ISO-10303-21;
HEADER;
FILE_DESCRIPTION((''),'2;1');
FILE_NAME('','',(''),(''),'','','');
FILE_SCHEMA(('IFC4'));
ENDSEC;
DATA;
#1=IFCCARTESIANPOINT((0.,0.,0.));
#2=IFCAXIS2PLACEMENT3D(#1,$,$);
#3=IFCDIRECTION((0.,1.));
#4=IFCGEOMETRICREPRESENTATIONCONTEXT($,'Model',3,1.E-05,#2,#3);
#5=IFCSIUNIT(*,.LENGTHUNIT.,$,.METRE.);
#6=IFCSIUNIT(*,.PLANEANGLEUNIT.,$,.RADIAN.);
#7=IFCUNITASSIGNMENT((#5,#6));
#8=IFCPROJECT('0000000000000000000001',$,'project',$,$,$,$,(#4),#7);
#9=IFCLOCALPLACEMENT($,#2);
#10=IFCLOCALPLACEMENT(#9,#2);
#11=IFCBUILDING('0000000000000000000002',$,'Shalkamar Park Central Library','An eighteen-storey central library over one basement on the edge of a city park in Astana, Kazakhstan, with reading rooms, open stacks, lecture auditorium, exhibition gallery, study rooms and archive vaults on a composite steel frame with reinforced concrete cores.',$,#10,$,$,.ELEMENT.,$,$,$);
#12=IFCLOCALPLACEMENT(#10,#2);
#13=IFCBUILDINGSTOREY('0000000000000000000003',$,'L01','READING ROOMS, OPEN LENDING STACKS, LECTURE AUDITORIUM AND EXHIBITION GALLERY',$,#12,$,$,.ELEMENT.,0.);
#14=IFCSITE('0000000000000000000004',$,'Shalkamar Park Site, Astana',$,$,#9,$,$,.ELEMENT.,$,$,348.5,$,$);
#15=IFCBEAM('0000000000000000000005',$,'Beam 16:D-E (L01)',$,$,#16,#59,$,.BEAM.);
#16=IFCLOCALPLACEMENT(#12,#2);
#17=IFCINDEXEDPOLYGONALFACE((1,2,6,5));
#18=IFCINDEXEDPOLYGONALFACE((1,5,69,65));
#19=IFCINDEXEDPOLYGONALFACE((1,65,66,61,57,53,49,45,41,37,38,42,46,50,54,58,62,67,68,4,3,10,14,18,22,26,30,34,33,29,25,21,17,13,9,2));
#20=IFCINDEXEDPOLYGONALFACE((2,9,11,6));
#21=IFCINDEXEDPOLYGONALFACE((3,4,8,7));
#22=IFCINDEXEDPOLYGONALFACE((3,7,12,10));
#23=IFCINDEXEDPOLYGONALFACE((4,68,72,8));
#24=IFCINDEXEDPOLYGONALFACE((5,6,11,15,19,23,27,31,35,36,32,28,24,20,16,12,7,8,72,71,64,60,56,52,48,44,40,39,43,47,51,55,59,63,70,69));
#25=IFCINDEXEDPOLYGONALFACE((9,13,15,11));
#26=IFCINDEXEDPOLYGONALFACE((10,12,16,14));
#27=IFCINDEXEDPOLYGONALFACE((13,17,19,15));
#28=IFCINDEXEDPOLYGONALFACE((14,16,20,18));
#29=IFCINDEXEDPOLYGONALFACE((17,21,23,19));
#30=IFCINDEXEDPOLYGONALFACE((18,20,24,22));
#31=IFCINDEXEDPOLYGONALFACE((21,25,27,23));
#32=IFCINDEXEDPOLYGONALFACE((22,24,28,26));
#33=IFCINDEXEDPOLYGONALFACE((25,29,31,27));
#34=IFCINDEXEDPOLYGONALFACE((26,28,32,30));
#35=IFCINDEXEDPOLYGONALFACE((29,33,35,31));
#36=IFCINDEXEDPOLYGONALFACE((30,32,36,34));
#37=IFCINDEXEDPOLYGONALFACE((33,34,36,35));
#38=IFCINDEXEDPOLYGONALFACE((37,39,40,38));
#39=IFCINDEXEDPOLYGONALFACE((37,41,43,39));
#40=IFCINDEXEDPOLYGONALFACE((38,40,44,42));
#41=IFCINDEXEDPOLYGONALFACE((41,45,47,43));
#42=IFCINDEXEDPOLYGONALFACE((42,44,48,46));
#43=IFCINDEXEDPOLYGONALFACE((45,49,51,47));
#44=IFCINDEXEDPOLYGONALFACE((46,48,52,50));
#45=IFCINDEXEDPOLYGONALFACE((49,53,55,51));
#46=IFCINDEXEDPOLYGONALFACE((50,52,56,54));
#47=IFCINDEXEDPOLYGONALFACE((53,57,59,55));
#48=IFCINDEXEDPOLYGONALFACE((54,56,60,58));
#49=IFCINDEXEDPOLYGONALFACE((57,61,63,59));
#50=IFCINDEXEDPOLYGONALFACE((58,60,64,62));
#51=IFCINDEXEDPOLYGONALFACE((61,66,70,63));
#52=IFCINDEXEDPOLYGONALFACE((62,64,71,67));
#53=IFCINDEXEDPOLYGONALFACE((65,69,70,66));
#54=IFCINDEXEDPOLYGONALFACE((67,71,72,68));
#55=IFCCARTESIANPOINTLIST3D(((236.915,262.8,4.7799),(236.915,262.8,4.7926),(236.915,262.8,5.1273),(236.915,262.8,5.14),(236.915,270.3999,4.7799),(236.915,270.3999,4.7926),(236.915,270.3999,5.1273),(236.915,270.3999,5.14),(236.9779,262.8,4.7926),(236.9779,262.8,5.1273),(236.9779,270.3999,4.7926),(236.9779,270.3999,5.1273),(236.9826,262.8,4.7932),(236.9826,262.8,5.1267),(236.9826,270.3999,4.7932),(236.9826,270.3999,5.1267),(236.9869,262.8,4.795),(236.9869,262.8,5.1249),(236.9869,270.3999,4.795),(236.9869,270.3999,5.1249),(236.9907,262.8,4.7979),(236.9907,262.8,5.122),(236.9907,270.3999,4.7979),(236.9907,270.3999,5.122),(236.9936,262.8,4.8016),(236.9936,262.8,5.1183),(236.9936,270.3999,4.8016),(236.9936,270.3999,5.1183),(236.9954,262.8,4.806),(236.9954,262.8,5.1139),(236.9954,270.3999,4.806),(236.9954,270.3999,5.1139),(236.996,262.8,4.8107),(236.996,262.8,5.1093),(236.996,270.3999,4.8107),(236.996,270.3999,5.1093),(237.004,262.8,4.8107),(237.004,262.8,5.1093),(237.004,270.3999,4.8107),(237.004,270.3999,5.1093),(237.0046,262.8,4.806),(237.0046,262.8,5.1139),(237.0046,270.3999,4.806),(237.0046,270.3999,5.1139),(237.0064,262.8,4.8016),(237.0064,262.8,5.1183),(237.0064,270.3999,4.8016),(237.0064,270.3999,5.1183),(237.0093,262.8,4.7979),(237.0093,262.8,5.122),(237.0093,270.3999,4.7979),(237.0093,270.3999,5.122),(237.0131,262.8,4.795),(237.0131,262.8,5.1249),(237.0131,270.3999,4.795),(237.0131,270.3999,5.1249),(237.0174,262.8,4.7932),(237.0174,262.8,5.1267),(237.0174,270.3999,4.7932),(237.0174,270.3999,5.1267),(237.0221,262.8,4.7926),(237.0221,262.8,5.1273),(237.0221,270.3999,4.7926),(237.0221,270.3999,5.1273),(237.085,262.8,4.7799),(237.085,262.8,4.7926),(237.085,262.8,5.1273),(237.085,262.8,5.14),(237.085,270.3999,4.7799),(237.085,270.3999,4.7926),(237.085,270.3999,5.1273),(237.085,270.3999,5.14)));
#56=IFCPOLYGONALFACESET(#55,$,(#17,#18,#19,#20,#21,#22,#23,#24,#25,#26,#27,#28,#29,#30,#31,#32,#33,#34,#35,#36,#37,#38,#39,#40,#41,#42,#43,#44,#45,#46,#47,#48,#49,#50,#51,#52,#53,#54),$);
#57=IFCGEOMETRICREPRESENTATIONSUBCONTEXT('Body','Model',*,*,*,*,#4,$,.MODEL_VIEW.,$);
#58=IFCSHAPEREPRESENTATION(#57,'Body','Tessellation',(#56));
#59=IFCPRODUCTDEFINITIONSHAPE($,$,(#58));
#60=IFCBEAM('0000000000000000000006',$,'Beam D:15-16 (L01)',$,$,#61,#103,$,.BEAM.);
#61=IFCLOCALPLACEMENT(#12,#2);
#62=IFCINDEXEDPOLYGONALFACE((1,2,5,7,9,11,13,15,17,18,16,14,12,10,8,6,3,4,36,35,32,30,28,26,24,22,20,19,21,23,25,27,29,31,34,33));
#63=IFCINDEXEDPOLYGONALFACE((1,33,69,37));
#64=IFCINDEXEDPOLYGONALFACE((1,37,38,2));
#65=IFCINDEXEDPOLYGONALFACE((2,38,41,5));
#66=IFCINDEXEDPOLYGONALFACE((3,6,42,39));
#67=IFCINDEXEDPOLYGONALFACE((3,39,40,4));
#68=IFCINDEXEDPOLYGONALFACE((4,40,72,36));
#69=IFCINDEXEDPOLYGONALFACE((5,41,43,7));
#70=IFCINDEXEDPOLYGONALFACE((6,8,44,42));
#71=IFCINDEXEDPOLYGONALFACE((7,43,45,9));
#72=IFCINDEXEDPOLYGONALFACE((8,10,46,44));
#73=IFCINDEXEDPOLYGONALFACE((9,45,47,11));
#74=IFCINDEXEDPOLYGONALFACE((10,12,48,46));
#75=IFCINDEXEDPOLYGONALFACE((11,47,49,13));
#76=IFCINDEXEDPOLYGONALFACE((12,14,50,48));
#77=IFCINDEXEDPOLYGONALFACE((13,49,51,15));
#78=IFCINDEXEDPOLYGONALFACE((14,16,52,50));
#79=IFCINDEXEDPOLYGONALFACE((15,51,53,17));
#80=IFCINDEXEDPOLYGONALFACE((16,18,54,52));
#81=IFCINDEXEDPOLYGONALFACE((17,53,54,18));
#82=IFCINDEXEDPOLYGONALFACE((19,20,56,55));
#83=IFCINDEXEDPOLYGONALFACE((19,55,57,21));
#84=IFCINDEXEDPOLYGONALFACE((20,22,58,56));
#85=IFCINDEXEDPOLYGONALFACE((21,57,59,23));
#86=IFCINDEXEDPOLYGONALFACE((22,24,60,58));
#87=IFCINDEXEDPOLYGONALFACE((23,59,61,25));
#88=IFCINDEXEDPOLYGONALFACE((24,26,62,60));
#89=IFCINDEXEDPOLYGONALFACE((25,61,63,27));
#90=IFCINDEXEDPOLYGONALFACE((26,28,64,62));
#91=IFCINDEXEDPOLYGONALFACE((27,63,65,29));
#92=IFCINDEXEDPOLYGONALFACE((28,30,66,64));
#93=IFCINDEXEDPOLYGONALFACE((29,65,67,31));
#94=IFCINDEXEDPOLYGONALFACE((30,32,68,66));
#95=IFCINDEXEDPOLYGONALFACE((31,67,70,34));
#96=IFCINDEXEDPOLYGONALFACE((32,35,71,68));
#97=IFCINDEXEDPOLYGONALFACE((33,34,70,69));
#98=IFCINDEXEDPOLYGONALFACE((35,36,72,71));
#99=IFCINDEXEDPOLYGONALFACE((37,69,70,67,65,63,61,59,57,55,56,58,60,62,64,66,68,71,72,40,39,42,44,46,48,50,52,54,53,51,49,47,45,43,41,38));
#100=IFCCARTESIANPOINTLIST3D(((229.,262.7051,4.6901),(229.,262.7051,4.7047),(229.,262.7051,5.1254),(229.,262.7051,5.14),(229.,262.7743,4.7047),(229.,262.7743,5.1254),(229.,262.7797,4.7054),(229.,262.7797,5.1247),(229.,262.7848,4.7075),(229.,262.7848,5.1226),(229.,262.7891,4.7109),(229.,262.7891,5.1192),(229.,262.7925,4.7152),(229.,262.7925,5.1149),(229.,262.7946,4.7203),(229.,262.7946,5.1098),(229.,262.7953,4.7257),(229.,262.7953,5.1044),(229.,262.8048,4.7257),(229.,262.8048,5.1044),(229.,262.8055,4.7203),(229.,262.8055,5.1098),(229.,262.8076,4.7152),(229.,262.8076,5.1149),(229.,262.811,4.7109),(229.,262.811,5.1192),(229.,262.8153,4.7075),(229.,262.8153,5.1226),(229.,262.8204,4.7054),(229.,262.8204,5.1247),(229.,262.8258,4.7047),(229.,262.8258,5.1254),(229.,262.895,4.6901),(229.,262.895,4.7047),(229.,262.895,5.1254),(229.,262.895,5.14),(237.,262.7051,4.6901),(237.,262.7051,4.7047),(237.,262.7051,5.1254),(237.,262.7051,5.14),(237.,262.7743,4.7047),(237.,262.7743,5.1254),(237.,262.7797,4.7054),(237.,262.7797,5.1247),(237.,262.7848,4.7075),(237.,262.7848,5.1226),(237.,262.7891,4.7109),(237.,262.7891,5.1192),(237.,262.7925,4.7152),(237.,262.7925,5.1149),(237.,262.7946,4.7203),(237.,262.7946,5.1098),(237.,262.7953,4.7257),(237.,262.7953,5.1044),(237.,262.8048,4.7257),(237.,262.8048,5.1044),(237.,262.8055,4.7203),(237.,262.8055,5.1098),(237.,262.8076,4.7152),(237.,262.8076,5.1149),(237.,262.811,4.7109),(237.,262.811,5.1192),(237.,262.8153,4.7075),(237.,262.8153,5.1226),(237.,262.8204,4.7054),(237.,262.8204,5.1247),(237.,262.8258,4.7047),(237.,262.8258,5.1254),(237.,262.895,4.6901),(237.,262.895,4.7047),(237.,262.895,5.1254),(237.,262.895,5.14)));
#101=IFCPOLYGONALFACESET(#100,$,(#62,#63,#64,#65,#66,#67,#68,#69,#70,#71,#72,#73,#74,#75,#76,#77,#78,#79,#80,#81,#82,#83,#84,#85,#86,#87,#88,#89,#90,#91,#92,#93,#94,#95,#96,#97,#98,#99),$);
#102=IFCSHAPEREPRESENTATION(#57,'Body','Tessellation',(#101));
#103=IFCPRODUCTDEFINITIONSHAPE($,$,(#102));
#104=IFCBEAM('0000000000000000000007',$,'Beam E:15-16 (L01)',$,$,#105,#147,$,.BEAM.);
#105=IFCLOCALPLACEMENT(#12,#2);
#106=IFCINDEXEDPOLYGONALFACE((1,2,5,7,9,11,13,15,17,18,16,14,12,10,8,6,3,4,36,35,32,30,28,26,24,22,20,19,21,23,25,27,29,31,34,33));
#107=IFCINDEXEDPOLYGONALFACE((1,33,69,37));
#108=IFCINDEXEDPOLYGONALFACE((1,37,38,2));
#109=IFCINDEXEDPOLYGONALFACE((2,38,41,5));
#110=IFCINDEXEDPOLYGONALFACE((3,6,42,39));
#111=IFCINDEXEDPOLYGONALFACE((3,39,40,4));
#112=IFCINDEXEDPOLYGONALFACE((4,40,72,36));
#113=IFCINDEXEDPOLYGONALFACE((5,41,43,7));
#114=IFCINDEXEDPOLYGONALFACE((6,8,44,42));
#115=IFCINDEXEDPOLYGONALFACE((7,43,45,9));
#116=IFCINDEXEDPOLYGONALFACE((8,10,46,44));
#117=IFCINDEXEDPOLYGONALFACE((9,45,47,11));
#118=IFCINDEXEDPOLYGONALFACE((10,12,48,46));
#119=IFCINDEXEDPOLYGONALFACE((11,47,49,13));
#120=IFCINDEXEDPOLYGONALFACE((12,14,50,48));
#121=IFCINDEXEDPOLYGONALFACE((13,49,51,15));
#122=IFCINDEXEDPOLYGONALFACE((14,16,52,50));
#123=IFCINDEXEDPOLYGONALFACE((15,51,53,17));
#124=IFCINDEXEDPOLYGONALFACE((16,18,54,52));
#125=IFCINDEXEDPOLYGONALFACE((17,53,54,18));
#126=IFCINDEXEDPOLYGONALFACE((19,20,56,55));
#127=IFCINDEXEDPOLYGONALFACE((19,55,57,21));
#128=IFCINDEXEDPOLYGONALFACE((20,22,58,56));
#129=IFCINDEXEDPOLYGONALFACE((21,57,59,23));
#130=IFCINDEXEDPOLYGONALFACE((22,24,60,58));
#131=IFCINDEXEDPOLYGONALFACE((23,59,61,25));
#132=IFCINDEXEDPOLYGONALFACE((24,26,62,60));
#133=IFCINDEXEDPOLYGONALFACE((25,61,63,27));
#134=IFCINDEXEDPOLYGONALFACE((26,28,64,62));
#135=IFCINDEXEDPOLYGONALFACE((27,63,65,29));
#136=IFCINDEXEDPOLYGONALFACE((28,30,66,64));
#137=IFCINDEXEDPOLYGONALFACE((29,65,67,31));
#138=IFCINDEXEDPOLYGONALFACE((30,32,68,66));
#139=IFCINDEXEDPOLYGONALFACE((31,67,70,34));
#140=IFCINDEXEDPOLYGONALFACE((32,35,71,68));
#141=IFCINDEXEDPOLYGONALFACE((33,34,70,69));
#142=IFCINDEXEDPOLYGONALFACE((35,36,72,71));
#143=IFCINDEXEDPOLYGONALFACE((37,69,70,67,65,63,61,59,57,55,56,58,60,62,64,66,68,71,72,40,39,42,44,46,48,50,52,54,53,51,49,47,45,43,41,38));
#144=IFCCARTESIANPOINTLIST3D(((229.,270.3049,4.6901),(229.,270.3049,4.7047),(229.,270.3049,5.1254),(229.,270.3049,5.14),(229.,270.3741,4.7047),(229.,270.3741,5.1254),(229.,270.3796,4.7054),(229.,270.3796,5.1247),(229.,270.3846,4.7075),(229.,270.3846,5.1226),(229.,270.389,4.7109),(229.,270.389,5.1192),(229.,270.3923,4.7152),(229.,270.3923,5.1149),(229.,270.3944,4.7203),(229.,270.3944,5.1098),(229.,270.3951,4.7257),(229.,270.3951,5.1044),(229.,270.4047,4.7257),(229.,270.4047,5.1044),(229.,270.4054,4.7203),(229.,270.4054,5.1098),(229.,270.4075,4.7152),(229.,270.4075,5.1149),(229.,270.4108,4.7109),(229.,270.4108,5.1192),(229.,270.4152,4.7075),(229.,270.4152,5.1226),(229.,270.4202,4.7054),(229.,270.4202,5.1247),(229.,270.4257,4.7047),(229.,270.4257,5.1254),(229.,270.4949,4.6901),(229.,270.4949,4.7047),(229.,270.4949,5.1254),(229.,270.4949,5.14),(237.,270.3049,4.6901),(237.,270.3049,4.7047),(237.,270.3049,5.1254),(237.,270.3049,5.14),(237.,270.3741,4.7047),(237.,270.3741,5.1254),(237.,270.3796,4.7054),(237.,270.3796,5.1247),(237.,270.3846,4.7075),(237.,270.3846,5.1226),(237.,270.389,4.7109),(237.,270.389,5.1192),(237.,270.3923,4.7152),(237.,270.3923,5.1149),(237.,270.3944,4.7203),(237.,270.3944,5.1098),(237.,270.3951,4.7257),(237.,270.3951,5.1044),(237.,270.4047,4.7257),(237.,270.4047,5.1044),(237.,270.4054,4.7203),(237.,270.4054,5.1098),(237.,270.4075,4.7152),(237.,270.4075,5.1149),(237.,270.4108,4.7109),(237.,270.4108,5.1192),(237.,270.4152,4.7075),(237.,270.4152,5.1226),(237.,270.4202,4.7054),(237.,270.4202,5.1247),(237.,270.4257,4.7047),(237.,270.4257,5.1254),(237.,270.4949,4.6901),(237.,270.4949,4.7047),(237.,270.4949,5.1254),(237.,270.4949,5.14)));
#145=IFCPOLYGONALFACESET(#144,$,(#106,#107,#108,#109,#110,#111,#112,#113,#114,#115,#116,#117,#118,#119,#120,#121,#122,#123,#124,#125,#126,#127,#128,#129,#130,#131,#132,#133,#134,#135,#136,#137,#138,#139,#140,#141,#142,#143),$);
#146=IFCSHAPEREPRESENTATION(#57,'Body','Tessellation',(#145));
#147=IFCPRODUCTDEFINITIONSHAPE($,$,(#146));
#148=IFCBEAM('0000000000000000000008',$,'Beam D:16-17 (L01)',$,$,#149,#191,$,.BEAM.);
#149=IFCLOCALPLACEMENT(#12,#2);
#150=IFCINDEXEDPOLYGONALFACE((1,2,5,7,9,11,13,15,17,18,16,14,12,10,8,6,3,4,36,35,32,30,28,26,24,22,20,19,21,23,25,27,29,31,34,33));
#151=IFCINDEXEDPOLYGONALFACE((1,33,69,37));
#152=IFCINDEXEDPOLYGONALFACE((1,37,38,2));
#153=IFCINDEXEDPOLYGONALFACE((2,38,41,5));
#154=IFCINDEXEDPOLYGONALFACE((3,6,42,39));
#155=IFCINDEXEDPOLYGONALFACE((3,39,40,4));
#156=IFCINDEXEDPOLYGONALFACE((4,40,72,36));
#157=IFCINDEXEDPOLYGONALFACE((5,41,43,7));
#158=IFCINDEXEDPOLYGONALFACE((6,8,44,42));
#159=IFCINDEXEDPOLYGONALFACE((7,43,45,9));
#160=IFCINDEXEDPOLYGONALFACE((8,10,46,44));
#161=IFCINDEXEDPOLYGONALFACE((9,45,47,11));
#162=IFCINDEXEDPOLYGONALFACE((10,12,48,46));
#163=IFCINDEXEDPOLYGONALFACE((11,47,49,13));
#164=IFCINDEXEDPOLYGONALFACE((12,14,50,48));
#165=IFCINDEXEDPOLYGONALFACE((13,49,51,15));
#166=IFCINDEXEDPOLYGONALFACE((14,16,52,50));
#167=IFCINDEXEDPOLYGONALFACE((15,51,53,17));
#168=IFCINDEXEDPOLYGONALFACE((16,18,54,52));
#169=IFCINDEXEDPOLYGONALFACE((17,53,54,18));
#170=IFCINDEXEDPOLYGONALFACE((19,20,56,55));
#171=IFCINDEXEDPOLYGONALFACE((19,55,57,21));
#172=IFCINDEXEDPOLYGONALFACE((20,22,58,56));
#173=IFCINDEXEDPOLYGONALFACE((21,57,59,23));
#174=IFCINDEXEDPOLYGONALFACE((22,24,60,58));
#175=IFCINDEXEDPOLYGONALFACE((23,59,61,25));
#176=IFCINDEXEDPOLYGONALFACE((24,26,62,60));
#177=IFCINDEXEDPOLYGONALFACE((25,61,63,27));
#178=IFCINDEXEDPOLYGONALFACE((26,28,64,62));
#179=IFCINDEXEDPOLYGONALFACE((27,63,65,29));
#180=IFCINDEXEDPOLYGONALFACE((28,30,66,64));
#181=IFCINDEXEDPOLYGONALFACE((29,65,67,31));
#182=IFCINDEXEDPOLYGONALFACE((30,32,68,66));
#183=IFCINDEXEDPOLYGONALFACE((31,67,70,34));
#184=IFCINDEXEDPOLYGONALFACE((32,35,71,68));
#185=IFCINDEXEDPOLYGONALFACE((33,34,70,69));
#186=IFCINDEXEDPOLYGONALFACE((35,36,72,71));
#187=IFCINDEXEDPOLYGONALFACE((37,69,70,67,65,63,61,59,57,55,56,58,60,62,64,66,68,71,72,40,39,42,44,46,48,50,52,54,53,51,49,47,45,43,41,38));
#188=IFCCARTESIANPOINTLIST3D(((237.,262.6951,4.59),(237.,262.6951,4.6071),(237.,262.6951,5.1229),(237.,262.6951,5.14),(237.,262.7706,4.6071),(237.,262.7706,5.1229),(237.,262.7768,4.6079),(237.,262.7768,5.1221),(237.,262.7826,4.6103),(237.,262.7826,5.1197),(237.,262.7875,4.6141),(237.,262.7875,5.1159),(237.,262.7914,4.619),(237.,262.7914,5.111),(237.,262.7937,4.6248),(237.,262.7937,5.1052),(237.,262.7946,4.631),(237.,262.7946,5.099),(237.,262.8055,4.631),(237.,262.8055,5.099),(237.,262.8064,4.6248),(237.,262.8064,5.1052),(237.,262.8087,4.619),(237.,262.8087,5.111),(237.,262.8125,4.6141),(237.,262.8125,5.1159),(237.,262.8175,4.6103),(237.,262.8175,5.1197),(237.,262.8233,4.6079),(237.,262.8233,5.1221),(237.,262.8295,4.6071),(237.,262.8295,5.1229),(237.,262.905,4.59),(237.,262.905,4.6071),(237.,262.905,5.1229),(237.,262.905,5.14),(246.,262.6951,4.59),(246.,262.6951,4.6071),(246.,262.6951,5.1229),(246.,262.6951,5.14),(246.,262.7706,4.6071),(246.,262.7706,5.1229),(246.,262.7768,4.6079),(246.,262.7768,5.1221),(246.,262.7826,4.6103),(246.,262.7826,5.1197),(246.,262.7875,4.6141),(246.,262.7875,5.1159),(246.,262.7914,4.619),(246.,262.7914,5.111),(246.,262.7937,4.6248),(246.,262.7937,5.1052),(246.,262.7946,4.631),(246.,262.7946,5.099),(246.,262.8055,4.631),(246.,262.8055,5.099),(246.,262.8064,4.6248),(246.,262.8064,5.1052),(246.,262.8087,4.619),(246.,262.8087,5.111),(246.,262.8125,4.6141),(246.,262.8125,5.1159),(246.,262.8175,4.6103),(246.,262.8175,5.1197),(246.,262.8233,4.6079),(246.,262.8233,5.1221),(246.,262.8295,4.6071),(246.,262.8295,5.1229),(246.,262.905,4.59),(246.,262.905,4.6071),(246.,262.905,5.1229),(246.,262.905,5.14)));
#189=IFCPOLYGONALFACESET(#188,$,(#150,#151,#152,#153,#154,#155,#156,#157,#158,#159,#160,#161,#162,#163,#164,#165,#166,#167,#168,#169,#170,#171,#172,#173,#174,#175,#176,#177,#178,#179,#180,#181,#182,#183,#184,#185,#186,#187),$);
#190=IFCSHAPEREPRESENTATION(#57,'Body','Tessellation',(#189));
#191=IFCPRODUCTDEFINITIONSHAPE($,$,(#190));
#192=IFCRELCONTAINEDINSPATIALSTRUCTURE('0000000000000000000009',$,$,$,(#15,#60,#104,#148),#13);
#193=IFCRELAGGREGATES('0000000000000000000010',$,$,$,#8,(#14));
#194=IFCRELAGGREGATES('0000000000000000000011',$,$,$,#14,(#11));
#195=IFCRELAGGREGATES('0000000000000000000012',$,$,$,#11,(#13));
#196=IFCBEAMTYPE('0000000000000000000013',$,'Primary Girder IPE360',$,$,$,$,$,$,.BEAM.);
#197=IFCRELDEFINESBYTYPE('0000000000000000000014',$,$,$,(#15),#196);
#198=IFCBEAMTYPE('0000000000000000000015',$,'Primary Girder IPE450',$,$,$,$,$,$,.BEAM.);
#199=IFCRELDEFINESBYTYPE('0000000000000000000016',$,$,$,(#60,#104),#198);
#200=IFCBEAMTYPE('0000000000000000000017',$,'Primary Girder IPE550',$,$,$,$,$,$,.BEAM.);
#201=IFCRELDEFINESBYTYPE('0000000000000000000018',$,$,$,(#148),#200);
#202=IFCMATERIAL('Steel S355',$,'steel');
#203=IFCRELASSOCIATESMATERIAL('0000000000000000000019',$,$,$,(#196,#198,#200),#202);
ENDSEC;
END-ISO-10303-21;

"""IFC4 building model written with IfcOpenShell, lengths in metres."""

from ifc_helpers import new_model, si_unit, direction, frame, origin, origin_2d, place, context, subcontext, project, spatial, i_section, extrude, material, material_profile, profile_set, type_object, element, save


model = new_model("IFC4")

# Units and contexts
model_context = context("Model", 3, precision=1e-05, world=origin(), true_north=direction((0.0, 1.0)))
body_context = subcontext(model_context, "Body", "Model", "MODEL_VIEW")
ifc_project = project(units=[si_unit("LENGTHUNIT", "METRE"), si_unit("PLANEANGLEUNIT", "RADIAN")], contexts=[model_context])

# Site, building, storey
site_placement = place(None, origin())
site = spatial("IfcSite", under=ifc_project, at=site_placement, Name="Shalkamar Park Site, Astana", CompositionType="ELEMENT", RefElevation=348.5)
building_placement = place(site_placement, origin())
building = spatial("IfcBuilding", under=site, at=building_placement, Name="Shalkamar Park Central Library", Description="An eighteen-storey central library over one basement on the edge of a city park in Astana, Kazakhstan, with reading rooms, open stacks, lecture auditorium, exhibition gallery, study rooms and archive vaults on a composite steel frame with reinforced concrete cores.", CompositionType="ELEMENT")
storey_placement = place(building_placement, origin())
storey = spatial("IfcBuildingStorey", under=building, at=storey_placement, Name="L01", Description="READING ROOMS, OPEN LENDING STACKS, LECTURE AUDITORIUM AND EXHIBITION GALLERY", CompositionType="ELEMENT", Elevation=0.0)

# Shared definitions
ifc_material_1 = material(Name="Steel S355", Category="steel")

# Beams
ifc_material_profile_1 = material_profile(ifc_material_1, i_section(OverallWidth=0.1699, OverallDepth=0.3601, WebThickness=0.0081, FlangeThickness=0.0127, FilletRadius=0.0181, at=origin_2d()), Name="IPE 360")
ifc_profile_set_1 = profile_set([ifc_material_profile_1], Name="Steel S355")
beam_type_1 = type_object("IfcBeamType", Name="Primary Girder IPE360", PredefinedType="BEAM", material=ifc_profile_set_1)
beam_1_placement = place(storey_placement, frame((237.0, 262.8, 4.96), z_axis=(0.0, 1.0, 0.0), x_axis=(-1.0, 0.0, 0.0)))
element("IfcBeam", 1, at=beam_1_placement, inside=storey, type_object=beam_type_1, Name="Beam 16:D-E (L01)", PredefinedType="BEAM", context=body_context, shape_type="SweptSolid", body=[
    extrude(i_section(OverallWidth=0.1699, OverallDepth=0.3601, WebThickness=0.0081, FlangeThickness=0.0127, FilletRadius=0.0181, at=origin_2d()), origin(), (0.0, 0.0, 1.0), 7.5999),
])
ifc_material_profile_2 = material_profile(ifc_material_1, i_section(OverallWidth=0.1899, OverallDepth=0.45, WebThickness=0.0095, FlangeThickness=0.0146, FilletRadius=0.021, at=origin_2d()), Name="IPE 450")
ifc_profile_set_2 = profile_set([ifc_material_profile_2], Name="Steel S355")
beam_type_2 = type_object("IfcBeamType", Name="Primary Girder IPE450", PredefinedType="BEAM", material=ifc_profile_set_2)
for number, where, z_axis, x_axis, name in (
    (2, (229.0, 262.8, 4.915), (1.0, 0.0, 0.0), (0.0, 1.0, 0.0), "Beam D:15-16 (L01)"),
    (3, (229.0, 270.3999, 4.915), (1.0, 0.0, 0.0), (0.0, 1.0, 0.0), "Beam E:15-16 (L01)"),
):
    element("IfcBeam", number, at=place(storey_placement, frame(where, z_axis=z_axis, x_axis=x_axis)), inside=storey, type_object=beam_type_2, Name=name, PredefinedType="BEAM", context=body_context, shape_type="SweptSolid", body=[
        extrude(i_section(OverallWidth=0.1899, OverallDepth=0.45, WebThickness=0.0095, FlangeThickness=0.0146, FilletRadius=0.021, at=origin_2d()), origin(), (0.0, 0.0, 1.0), 8.0),
    ])
ifc_material_profile_3 = material_profile(ifc_material_1, i_section(OverallWidth=0.21, OverallDepth=0.55, WebThickness=0.011, FlangeThickness=0.0171, FilletRadius=0.0239, at=origin_2d()), Name="IPE 550")
ifc_profile_set_3 = profile_set([ifc_material_profile_3], Name="Steel S355")
beam_type_3 = type_object("IfcBeamType", Name="Primary Girder IPE550", PredefinedType="BEAM", material=ifc_profile_set_3)
beam_2_placement = place(storey_placement, frame((237.0, 262.8, 4.865), z_axis=(1.0, 0.0, 0.0), x_axis=(0.0, 1.0, 0.0)))
element("IfcBeam", 4, at=beam_2_placement, inside=storey, type_object=beam_type_3, Name="Beam D:16-17 (L01)", PredefinedType="BEAM", context=body_context, shape_type="SweptSolid", body=[
    extrude(i_section(OverallWidth=0.21, OverallDepth=0.55, WebThickness=0.011, FlangeThickness=0.0171, FilletRadius=0.0239, at=origin_2d()), origin(), (0.0, 0.0, 1.0), 9.0),
])

save(model, "model.ifc")
